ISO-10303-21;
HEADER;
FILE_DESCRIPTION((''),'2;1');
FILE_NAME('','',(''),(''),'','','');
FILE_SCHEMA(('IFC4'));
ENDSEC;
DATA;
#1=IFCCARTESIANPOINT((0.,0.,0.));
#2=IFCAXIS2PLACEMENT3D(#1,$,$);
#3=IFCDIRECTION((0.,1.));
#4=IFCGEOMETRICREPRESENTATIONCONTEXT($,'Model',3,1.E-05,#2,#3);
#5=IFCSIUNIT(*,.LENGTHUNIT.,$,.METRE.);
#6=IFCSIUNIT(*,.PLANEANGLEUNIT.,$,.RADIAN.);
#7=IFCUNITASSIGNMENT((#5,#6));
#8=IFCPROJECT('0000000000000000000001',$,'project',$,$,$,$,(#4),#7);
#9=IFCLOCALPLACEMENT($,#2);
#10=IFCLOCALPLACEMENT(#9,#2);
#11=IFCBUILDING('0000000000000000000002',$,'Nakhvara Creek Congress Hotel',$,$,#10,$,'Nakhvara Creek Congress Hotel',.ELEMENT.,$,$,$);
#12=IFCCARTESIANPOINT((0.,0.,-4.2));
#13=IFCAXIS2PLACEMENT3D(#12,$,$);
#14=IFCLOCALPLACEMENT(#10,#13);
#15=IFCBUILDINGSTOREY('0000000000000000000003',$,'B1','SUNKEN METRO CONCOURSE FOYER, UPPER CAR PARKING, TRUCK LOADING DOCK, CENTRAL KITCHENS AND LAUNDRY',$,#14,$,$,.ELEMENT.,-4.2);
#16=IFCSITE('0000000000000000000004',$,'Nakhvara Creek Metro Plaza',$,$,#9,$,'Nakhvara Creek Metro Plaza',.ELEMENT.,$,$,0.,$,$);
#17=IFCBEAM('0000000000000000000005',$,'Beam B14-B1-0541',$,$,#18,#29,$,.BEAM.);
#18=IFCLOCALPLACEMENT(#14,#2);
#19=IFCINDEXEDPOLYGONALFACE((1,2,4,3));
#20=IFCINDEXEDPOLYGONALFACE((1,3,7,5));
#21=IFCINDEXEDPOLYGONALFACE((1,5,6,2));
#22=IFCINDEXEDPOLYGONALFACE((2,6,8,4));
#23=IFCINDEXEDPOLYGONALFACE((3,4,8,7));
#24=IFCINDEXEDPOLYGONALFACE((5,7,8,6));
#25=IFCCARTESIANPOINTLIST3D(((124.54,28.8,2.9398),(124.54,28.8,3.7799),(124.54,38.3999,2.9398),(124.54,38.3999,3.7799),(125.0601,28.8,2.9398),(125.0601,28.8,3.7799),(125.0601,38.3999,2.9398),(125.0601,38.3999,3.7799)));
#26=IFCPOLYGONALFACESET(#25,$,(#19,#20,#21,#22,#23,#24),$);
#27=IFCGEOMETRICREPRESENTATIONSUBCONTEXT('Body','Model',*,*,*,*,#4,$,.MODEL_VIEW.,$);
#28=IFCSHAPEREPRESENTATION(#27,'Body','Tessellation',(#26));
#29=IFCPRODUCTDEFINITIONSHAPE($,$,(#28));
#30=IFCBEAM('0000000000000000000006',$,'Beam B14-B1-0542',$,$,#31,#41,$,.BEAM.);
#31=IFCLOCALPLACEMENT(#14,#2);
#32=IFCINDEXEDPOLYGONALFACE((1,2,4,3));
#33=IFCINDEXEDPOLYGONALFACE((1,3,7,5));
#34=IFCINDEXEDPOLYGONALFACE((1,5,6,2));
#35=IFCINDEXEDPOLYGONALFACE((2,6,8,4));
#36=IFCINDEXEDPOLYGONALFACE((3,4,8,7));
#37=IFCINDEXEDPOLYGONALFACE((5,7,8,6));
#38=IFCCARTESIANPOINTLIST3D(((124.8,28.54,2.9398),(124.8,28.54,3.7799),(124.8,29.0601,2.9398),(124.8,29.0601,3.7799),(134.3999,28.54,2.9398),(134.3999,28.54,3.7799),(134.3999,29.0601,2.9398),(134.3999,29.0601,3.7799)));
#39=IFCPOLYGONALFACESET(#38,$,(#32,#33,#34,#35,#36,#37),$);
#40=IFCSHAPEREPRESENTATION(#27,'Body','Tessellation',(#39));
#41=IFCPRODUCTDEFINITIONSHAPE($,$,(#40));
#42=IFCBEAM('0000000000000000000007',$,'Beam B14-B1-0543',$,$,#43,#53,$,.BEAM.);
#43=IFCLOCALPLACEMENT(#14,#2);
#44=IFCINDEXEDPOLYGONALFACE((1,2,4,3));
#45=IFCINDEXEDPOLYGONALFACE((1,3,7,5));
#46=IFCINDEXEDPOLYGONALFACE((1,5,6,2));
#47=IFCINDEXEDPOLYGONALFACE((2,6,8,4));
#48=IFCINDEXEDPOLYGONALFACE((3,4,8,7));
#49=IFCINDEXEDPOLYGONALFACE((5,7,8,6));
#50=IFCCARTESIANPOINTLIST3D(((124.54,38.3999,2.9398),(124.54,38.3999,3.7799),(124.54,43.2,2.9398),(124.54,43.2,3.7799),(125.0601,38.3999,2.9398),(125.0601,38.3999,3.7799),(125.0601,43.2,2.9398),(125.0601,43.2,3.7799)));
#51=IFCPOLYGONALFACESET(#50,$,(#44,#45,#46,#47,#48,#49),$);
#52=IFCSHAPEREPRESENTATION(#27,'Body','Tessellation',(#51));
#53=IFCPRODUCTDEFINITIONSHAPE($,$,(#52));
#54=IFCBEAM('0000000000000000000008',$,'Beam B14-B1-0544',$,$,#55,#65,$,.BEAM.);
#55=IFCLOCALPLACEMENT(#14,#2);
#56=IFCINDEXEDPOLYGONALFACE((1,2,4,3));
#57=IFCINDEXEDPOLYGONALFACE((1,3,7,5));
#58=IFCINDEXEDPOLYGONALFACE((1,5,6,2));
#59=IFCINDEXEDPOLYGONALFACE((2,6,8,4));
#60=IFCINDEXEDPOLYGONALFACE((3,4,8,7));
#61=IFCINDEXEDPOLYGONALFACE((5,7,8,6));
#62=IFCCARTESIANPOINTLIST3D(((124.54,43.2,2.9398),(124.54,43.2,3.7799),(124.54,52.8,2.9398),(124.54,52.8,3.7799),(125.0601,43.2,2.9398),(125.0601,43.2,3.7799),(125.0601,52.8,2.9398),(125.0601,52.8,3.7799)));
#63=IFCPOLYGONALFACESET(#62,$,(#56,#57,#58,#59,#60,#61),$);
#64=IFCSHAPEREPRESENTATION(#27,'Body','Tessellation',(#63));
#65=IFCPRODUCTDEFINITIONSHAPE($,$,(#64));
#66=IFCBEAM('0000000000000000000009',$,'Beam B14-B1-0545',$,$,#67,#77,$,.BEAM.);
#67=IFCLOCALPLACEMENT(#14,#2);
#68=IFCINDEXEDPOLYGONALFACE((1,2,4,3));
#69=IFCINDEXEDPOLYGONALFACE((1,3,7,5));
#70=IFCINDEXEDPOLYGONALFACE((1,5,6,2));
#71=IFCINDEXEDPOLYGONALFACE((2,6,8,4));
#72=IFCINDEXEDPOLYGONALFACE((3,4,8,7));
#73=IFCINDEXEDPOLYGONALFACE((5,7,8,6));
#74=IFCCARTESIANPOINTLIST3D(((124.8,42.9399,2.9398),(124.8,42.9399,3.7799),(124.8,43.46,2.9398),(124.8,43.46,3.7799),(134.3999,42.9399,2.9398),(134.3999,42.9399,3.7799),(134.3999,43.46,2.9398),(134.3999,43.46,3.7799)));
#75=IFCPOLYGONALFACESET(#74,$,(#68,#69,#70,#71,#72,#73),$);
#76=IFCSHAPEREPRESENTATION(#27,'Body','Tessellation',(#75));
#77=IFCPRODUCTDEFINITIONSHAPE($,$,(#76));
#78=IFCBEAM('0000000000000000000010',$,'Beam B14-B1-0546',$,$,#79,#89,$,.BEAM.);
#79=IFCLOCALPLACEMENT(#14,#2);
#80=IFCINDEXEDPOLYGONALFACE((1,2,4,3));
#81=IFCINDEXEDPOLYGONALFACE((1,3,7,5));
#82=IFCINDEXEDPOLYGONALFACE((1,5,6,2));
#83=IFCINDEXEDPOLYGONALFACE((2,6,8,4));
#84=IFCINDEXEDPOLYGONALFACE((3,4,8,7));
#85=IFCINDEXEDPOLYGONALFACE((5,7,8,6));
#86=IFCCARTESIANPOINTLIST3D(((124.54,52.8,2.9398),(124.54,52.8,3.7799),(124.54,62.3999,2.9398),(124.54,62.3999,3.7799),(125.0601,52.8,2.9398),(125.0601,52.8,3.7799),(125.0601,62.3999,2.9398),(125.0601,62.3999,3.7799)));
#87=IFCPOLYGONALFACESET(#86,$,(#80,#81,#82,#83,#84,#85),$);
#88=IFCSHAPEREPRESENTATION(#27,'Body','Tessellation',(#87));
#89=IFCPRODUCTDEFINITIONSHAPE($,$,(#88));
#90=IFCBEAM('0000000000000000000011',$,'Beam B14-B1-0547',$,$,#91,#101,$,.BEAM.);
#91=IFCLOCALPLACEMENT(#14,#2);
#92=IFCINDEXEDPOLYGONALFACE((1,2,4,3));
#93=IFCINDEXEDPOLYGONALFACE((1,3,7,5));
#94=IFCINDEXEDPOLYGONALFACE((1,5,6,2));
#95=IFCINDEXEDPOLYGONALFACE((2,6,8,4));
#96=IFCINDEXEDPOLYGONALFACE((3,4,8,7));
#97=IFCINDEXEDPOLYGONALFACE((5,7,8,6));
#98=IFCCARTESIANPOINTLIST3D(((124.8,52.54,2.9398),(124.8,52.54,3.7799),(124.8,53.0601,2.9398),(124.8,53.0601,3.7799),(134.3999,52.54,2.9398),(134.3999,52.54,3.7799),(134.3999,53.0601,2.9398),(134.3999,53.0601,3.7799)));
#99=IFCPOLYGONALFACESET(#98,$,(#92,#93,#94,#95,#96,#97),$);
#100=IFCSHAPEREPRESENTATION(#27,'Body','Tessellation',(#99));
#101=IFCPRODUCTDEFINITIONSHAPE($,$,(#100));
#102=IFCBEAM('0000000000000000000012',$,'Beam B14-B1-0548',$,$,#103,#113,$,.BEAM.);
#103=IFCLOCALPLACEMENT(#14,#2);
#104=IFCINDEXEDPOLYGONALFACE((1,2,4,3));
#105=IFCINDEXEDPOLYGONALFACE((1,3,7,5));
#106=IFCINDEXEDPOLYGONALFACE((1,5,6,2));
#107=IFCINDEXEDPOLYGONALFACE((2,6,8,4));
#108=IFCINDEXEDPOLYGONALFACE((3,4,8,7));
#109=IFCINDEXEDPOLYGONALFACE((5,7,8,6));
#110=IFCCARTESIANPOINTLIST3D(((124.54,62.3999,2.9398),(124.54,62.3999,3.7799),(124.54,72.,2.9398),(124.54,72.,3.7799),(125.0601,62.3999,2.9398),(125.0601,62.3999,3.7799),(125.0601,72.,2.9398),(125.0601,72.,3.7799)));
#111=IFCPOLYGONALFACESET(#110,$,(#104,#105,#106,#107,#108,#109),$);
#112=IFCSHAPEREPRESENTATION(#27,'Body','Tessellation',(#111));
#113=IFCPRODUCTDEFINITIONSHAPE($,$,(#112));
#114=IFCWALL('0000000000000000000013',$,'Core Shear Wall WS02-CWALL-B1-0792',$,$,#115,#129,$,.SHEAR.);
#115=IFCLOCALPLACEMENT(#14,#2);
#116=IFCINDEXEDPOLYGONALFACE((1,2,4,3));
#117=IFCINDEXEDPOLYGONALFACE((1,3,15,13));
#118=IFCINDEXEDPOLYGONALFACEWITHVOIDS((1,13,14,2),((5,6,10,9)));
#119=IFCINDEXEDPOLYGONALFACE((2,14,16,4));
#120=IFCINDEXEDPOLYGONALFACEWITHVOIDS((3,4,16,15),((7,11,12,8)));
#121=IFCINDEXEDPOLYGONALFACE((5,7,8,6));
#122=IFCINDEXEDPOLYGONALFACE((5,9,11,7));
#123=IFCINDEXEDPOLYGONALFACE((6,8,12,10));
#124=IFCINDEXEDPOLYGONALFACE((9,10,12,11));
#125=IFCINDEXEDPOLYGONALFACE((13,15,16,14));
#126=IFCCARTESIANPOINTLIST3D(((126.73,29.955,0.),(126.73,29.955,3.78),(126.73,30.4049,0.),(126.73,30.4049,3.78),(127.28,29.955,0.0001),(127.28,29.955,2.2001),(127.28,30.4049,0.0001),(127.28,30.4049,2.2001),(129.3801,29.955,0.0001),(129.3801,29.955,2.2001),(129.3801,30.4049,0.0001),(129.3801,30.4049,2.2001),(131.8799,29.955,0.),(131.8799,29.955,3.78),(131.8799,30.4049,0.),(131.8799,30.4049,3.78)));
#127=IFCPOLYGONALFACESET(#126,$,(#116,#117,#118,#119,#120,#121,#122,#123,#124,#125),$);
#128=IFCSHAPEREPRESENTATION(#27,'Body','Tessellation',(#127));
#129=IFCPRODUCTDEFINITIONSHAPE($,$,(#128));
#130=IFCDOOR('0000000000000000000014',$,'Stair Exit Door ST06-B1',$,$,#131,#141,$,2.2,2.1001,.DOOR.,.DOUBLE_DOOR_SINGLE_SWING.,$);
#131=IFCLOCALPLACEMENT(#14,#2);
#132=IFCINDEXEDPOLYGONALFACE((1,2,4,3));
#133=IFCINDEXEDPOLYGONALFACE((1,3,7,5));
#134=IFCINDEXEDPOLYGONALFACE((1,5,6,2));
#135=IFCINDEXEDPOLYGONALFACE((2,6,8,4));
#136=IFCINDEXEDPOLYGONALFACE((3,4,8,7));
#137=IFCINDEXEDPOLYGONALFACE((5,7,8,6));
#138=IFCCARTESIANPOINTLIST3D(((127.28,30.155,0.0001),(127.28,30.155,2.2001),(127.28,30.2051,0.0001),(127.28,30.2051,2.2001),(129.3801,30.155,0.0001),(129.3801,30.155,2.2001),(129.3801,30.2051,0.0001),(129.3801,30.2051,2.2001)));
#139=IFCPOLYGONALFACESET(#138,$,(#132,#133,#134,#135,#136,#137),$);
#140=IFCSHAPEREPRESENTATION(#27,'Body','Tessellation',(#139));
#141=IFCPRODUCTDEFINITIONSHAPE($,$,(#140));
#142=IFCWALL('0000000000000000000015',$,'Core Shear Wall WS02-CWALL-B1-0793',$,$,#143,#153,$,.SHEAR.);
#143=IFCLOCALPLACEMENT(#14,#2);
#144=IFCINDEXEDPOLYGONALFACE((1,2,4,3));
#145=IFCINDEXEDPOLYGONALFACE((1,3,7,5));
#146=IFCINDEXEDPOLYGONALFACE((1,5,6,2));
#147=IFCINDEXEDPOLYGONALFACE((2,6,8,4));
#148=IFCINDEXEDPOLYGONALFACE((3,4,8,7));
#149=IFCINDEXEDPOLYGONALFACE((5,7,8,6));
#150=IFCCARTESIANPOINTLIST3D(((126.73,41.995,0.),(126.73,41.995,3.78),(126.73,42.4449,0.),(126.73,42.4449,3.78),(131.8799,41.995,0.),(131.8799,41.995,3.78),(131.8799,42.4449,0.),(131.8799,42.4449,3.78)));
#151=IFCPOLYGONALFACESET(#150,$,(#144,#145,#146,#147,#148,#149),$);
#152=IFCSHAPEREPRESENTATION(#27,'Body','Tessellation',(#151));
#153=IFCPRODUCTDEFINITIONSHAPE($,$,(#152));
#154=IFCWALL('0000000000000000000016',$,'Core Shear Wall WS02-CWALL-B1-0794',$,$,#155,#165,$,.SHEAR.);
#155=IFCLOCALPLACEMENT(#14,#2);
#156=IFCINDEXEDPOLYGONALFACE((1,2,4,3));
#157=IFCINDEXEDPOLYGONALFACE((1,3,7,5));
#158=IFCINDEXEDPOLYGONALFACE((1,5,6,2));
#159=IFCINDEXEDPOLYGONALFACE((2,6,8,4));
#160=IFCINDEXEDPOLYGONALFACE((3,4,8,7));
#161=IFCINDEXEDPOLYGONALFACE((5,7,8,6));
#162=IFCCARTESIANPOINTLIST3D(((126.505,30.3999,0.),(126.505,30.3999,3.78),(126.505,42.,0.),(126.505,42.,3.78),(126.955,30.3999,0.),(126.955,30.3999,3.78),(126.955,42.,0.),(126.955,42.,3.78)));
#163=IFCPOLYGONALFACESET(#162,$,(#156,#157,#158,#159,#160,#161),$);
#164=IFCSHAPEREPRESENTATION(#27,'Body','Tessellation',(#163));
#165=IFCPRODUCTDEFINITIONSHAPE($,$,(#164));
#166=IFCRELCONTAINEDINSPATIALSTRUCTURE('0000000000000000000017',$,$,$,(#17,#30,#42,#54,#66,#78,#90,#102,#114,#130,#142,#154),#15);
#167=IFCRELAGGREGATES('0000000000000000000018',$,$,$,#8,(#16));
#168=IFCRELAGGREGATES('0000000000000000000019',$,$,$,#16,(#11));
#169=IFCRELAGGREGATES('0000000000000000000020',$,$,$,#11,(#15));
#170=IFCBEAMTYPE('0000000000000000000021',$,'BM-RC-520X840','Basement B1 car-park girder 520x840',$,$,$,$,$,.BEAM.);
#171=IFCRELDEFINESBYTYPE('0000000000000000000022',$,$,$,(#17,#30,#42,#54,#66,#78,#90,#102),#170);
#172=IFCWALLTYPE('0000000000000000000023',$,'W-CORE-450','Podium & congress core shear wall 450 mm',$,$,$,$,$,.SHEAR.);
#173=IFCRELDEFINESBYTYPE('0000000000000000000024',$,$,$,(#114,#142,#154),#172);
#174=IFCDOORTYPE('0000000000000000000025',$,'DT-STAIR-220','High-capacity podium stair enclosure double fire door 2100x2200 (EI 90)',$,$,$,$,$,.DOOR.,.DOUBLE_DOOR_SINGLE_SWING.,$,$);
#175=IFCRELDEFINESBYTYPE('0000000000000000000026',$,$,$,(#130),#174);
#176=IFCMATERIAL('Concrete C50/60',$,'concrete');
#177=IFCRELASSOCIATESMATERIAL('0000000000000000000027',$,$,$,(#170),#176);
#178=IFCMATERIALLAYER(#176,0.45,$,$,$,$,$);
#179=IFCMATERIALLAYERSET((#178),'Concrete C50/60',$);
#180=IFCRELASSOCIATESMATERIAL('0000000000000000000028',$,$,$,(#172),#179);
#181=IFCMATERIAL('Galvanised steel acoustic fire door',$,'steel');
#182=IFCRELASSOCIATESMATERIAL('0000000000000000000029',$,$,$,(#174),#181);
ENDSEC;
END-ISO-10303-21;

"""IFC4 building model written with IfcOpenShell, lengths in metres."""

from ifc_helpers import new_model, si_unit, direction, frame, frame_2d, origin, origin_2d, place, context, subcontext, project, spatial, rectangle, extrude, material, layer, layer_set, material_profile, profile_set, type_object, element, fill, save


model = new_model("IFC4")

# Units and contexts
model_context = context("Model", 3, precision=1e-05, world=origin(), true_north=direction((0.0, 1.0)))
body_context = subcontext(model_context, "Body", "Model", "MODEL_VIEW")
ifc_project = project(units=[si_unit("LENGTHUNIT", "METRE"), si_unit("PLANEANGLEUNIT", "RADIAN")], contexts=[model_context])

# Site, building, storey
site_placement = place(None, origin())
site = spatial("IfcSite", under=ifc_project, at=site_placement, Name="Nakhvara Creek Metro Plaza", LongName="Nakhvara Creek Metro Plaza", CompositionType="ELEMENT", RefElevation=0.0)
building_placement = place(site_placement, origin())
building = spatial("IfcBuilding", under=site, at=building_placement, Name="Nakhvara Creek Congress Hotel", LongName="Nakhvara Creek Congress Hotel", CompositionType="ELEMENT")
storey_placement = place(building_placement, frame((0.0, 0.0, -4.2)))
storey = spatial("IfcBuildingStorey", under=building, at=storey_placement, Name="B1", Description="SUNKEN METRO CONCOURSE FOYER, UPPER CAR PARKING, TRUCK LOADING DOCK, CENTRAL KITCHENS AND LAUNDRY", CompositionType="ELEMENT", Elevation=-4.2)

# Shared definitions
ifc_material_1 = material(Name="Concrete C50/60", Category="concrete")

# Beams
ifc_material_profile_1 = material_profile(ifc_material_1, rectangle(XDim=0.52, YDim=0.8401, at=origin_2d()), Name="RC-BM 520x840", Category="LoadBearing")
ifc_profile_set_1 = profile_set([ifc_material_profile_1], Name="Concrete C50/60")
beam_type_1 = type_object("IfcBeamType", Name="BM-RC-520X840", Description="Basement B1 car-park girder 520x840", PredefinedType="BEAM", material=ifc_profile_set_1)
for number, where, z_axis, x_axis, name in (
    (1, (124.8, 28.8, 3.3599), (0.0, 1.0, 0.0), (-1.0, 0.0, 0.0), "Beam B14-B1-0541"),
    (2, (124.8, 28.8, 3.3599), (1.0, 0.0, 0.0), (0.0, 1.0, 0.0), "Beam B14-B1-0542"),
):
    element("IfcBeam", number, at=place(storey_placement, frame(where, z_axis=z_axis, x_axis=x_axis)), inside=storey, type_object=beam_type_1, Name=name, PredefinedType="BEAM", context=body_context, shape_type="SweptSolid", body=[
        extrude(rectangle(XDim=0.52, YDim=0.8401, at=origin_2d()), origin(), (0.0, 0.0, 1.0), 9.5999),
    ])
beam_1_placement = place(storey_placement, frame((124.8, 38.3999, 3.3599), z_axis=(0.0, 1.0, 0.0), x_axis=(-1.0, 0.0, 0.0)))
element("IfcBeam", 3, at=beam_1_placement, inside=storey, type_object=beam_type_1, Name="Beam B14-B1-0543", PredefinedType="BEAM", context=body_context, shape_type="SweptSolid", body=[
    extrude(rectangle(XDim=0.52, YDim=0.8401, at=origin_2d()), origin(), (0.0, 0.0, 1.0), 4.8),
])
beam_2_placement = place(storey_placement, frame((124.8, 43.2, 3.3599), z_axis=(0.0, 1.0, 0.0), x_axis=(-1.0, 0.0, 0.0)))
element("IfcBeam", 4, at=beam_2_placement, inside=storey, type_object=beam_type_1, Name="Beam B14-B1-0544", PredefinedType="BEAM", context=body_context, shape_type="SweptSolid", body=[
    extrude(rectangle(XDim=0.52, YDim=0.8401, at=origin_2d()), origin(), (0.0, 0.0, 1.0), 9.6001),
])
for number, where, z_axis, x_axis, name in (
    (5, (124.8, 43.2, 3.3599), (1.0, 0.0, 0.0), (0.0, 1.0, 0.0), "Beam B14-B1-0545"),
    (6, (124.8, 52.8, 3.3599), (0.0, 1.0, 0.0), (-1.0, 0.0, 0.0), "Beam B14-B1-0546"),
    (7, (124.8, 52.8, 3.3599), (1.0, 0.0, 0.0), (0.0, 1.0, 0.0), "Beam B14-B1-0547"),
):
    element("IfcBeam", number, at=place(storey_placement, frame(where, z_axis=z_axis, x_axis=x_axis)), inside=storey, type_object=beam_type_1, Name=name, PredefinedType="BEAM", context=body_context, shape_type="SweptSolid", body=[
        extrude(rectangle(XDim=0.52, YDim=0.8401, at=origin_2d()), origin(), (0.0, 0.0, 1.0), 9.5999),
    ])
beam_3_placement = place(storey_placement, frame((124.8, 62.3999, 3.3599), z_axis=(0.0, 1.0, 0.0), x_axis=(-1.0, 0.0, 0.0)))
element("IfcBeam", 8, at=beam_3_placement, inside=storey, type_object=beam_type_1, Name="Beam B14-B1-0548", PredefinedType="BEAM", context=body_context, shape_type="SweptSolid", body=[
    extrude(rectangle(XDim=0.52, YDim=0.8401, at=origin_2d()), origin(), (0.0, 0.0, 1.0), 9.6001),
])

# Wall, opening, door
ifc_layer_1 = layer(ifc_material_1, 0.45)
ifc_layer_set_1 = layer_set([ifc_layer_1], Name="Concrete C50/60")
wall_type = type_object("IfcWallType", Name="W-CORE-450", Description="Podium & congress core shear wall 450 mm", PredefinedType="SHEAR", material=ifc_layer_set_1)
wall_1_placement = place(storey_placement, frame((126.73, 30.1799, 0.0), z_axis=(0.0, 0.0, 1.0), x_axis=(1.0, 0.0, 0.0)))
wall_1 = element("IfcWall", 9, at=wall_1_placement, inside=storey, type_object=wall_type, Name="Core Shear Wall WS02-CWALL-B1-0792", PredefinedType="SHEAR", context=body_context, shape_type="SweptSolid", body=[
    extrude(rectangle(XDim=5.1499, YDim=0.45, at=frame_2d((2.575, 0.0))), origin(), (0.0, 0.0, 1.0), 3.78),
])
opening_placement = place(wall_1_placement, frame((0.55, 0.0, 0.0)))
opening = element("IfcOpeningElement", 10, at=opening_placement, cuts=wall_1, PredefinedType="OPENING", context=body_context, shape_type="SweptSolid", body=[
    extrude(rectangle(XDim=2.1001, YDim=2.2, at=frame_2d((1.05, 1.1001))), frame((0.0, 0.2368, 0.0), z_axis=(0.0, -1.0, 0.0), x_axis=(1.0, 0.0, 0.0)), (0.0, 0.0, 1.0), 0.4739),
])
ifc_material_2 = material(Name="Galvanised steel acoustic fire door", Category="steel")
door_type = type_object("IfcDoorType", Name="DT-STAIR-220", Description="High-capacity podium stair enclosure double fire door 2100x2200 (EI 90)", OperationType="DOUBLE_DOOR_SINGLE_SWING", PredefinedType="DOOR", material=ifc_material_2)
door_placement = place(opening_placement, frame((2.1001, 0.0, 0.0), z_axis=(0.0, 0.0, 1.0), x_axis=(-1.0, 0.0, 0.0)))
door = element("IfcDoor", 11, at=door_placement, inside=storey, type_object=door_type, Name="Stair Exit Door ST06-B1", OperationType="DOUBLE_DOOR_SINGLE_SWING", OverallHeight=2.2, OverallWidth=2.1001, PredefinedType="DOOR", context=body_context, shape_type="SweptSolid", body=[
    extrude(rectangle(XDim=2.1001, YDim=2.2, at=frame_2d((1.05, 1.1001))), frame((0.0, 0.0249, 0.0), z_axis=(0.0, -1.0, 0.0), x_axis=(1.0, 0.0, 0.0)), (0.0, 0.0, 1.0), 0.05),
])
fill(opening, door)

# Walls
wall_2_placement = place(storey_placement, frame((126.73, 42.22, 0.0), z_axis=(0.0, 0.0, 1.0), x_axis=(1.0, 0.0, 0.0)))
element("IfcWall", 12, at=wall_2_placement, inside=storey, type_object=wall_type, Name="Core Shear Wall WS02-CWALL-B1-0793", PredefinedType="SHEAR", context=body_context, shape_type="SweptSolid", body=[
    extrude(rectangle(XDim=5.1499, YDim=0.45, at=frame_2d((2.575, 0.0))), origin(), (0.0, 0.0, 1.0), 3.78),
])
wall_3_placement = place(storey_placement, frame((126.73, 30.3999, 0.0), z_axis=(0.0, 0.0, 1.0), x_axis=(0.0, 1.0, 0.0)))
element("IfcWall", 13, at=wall_3_placement, inside=storey, type_object=wall_type, Name="Core Shear Wall WS02-CWALL-B1-0794", PredefinedType="SHEAR", context=body_context, shape_type="SweptSolid", body=[
    extrude(rectangle(XDim=11.6001, YDim=0.45, at=frame_2d((5.8, 0.0))), origin(), (0.0, 0.0, 1.0), 3.78),
])

save(model, "model.ifc")
